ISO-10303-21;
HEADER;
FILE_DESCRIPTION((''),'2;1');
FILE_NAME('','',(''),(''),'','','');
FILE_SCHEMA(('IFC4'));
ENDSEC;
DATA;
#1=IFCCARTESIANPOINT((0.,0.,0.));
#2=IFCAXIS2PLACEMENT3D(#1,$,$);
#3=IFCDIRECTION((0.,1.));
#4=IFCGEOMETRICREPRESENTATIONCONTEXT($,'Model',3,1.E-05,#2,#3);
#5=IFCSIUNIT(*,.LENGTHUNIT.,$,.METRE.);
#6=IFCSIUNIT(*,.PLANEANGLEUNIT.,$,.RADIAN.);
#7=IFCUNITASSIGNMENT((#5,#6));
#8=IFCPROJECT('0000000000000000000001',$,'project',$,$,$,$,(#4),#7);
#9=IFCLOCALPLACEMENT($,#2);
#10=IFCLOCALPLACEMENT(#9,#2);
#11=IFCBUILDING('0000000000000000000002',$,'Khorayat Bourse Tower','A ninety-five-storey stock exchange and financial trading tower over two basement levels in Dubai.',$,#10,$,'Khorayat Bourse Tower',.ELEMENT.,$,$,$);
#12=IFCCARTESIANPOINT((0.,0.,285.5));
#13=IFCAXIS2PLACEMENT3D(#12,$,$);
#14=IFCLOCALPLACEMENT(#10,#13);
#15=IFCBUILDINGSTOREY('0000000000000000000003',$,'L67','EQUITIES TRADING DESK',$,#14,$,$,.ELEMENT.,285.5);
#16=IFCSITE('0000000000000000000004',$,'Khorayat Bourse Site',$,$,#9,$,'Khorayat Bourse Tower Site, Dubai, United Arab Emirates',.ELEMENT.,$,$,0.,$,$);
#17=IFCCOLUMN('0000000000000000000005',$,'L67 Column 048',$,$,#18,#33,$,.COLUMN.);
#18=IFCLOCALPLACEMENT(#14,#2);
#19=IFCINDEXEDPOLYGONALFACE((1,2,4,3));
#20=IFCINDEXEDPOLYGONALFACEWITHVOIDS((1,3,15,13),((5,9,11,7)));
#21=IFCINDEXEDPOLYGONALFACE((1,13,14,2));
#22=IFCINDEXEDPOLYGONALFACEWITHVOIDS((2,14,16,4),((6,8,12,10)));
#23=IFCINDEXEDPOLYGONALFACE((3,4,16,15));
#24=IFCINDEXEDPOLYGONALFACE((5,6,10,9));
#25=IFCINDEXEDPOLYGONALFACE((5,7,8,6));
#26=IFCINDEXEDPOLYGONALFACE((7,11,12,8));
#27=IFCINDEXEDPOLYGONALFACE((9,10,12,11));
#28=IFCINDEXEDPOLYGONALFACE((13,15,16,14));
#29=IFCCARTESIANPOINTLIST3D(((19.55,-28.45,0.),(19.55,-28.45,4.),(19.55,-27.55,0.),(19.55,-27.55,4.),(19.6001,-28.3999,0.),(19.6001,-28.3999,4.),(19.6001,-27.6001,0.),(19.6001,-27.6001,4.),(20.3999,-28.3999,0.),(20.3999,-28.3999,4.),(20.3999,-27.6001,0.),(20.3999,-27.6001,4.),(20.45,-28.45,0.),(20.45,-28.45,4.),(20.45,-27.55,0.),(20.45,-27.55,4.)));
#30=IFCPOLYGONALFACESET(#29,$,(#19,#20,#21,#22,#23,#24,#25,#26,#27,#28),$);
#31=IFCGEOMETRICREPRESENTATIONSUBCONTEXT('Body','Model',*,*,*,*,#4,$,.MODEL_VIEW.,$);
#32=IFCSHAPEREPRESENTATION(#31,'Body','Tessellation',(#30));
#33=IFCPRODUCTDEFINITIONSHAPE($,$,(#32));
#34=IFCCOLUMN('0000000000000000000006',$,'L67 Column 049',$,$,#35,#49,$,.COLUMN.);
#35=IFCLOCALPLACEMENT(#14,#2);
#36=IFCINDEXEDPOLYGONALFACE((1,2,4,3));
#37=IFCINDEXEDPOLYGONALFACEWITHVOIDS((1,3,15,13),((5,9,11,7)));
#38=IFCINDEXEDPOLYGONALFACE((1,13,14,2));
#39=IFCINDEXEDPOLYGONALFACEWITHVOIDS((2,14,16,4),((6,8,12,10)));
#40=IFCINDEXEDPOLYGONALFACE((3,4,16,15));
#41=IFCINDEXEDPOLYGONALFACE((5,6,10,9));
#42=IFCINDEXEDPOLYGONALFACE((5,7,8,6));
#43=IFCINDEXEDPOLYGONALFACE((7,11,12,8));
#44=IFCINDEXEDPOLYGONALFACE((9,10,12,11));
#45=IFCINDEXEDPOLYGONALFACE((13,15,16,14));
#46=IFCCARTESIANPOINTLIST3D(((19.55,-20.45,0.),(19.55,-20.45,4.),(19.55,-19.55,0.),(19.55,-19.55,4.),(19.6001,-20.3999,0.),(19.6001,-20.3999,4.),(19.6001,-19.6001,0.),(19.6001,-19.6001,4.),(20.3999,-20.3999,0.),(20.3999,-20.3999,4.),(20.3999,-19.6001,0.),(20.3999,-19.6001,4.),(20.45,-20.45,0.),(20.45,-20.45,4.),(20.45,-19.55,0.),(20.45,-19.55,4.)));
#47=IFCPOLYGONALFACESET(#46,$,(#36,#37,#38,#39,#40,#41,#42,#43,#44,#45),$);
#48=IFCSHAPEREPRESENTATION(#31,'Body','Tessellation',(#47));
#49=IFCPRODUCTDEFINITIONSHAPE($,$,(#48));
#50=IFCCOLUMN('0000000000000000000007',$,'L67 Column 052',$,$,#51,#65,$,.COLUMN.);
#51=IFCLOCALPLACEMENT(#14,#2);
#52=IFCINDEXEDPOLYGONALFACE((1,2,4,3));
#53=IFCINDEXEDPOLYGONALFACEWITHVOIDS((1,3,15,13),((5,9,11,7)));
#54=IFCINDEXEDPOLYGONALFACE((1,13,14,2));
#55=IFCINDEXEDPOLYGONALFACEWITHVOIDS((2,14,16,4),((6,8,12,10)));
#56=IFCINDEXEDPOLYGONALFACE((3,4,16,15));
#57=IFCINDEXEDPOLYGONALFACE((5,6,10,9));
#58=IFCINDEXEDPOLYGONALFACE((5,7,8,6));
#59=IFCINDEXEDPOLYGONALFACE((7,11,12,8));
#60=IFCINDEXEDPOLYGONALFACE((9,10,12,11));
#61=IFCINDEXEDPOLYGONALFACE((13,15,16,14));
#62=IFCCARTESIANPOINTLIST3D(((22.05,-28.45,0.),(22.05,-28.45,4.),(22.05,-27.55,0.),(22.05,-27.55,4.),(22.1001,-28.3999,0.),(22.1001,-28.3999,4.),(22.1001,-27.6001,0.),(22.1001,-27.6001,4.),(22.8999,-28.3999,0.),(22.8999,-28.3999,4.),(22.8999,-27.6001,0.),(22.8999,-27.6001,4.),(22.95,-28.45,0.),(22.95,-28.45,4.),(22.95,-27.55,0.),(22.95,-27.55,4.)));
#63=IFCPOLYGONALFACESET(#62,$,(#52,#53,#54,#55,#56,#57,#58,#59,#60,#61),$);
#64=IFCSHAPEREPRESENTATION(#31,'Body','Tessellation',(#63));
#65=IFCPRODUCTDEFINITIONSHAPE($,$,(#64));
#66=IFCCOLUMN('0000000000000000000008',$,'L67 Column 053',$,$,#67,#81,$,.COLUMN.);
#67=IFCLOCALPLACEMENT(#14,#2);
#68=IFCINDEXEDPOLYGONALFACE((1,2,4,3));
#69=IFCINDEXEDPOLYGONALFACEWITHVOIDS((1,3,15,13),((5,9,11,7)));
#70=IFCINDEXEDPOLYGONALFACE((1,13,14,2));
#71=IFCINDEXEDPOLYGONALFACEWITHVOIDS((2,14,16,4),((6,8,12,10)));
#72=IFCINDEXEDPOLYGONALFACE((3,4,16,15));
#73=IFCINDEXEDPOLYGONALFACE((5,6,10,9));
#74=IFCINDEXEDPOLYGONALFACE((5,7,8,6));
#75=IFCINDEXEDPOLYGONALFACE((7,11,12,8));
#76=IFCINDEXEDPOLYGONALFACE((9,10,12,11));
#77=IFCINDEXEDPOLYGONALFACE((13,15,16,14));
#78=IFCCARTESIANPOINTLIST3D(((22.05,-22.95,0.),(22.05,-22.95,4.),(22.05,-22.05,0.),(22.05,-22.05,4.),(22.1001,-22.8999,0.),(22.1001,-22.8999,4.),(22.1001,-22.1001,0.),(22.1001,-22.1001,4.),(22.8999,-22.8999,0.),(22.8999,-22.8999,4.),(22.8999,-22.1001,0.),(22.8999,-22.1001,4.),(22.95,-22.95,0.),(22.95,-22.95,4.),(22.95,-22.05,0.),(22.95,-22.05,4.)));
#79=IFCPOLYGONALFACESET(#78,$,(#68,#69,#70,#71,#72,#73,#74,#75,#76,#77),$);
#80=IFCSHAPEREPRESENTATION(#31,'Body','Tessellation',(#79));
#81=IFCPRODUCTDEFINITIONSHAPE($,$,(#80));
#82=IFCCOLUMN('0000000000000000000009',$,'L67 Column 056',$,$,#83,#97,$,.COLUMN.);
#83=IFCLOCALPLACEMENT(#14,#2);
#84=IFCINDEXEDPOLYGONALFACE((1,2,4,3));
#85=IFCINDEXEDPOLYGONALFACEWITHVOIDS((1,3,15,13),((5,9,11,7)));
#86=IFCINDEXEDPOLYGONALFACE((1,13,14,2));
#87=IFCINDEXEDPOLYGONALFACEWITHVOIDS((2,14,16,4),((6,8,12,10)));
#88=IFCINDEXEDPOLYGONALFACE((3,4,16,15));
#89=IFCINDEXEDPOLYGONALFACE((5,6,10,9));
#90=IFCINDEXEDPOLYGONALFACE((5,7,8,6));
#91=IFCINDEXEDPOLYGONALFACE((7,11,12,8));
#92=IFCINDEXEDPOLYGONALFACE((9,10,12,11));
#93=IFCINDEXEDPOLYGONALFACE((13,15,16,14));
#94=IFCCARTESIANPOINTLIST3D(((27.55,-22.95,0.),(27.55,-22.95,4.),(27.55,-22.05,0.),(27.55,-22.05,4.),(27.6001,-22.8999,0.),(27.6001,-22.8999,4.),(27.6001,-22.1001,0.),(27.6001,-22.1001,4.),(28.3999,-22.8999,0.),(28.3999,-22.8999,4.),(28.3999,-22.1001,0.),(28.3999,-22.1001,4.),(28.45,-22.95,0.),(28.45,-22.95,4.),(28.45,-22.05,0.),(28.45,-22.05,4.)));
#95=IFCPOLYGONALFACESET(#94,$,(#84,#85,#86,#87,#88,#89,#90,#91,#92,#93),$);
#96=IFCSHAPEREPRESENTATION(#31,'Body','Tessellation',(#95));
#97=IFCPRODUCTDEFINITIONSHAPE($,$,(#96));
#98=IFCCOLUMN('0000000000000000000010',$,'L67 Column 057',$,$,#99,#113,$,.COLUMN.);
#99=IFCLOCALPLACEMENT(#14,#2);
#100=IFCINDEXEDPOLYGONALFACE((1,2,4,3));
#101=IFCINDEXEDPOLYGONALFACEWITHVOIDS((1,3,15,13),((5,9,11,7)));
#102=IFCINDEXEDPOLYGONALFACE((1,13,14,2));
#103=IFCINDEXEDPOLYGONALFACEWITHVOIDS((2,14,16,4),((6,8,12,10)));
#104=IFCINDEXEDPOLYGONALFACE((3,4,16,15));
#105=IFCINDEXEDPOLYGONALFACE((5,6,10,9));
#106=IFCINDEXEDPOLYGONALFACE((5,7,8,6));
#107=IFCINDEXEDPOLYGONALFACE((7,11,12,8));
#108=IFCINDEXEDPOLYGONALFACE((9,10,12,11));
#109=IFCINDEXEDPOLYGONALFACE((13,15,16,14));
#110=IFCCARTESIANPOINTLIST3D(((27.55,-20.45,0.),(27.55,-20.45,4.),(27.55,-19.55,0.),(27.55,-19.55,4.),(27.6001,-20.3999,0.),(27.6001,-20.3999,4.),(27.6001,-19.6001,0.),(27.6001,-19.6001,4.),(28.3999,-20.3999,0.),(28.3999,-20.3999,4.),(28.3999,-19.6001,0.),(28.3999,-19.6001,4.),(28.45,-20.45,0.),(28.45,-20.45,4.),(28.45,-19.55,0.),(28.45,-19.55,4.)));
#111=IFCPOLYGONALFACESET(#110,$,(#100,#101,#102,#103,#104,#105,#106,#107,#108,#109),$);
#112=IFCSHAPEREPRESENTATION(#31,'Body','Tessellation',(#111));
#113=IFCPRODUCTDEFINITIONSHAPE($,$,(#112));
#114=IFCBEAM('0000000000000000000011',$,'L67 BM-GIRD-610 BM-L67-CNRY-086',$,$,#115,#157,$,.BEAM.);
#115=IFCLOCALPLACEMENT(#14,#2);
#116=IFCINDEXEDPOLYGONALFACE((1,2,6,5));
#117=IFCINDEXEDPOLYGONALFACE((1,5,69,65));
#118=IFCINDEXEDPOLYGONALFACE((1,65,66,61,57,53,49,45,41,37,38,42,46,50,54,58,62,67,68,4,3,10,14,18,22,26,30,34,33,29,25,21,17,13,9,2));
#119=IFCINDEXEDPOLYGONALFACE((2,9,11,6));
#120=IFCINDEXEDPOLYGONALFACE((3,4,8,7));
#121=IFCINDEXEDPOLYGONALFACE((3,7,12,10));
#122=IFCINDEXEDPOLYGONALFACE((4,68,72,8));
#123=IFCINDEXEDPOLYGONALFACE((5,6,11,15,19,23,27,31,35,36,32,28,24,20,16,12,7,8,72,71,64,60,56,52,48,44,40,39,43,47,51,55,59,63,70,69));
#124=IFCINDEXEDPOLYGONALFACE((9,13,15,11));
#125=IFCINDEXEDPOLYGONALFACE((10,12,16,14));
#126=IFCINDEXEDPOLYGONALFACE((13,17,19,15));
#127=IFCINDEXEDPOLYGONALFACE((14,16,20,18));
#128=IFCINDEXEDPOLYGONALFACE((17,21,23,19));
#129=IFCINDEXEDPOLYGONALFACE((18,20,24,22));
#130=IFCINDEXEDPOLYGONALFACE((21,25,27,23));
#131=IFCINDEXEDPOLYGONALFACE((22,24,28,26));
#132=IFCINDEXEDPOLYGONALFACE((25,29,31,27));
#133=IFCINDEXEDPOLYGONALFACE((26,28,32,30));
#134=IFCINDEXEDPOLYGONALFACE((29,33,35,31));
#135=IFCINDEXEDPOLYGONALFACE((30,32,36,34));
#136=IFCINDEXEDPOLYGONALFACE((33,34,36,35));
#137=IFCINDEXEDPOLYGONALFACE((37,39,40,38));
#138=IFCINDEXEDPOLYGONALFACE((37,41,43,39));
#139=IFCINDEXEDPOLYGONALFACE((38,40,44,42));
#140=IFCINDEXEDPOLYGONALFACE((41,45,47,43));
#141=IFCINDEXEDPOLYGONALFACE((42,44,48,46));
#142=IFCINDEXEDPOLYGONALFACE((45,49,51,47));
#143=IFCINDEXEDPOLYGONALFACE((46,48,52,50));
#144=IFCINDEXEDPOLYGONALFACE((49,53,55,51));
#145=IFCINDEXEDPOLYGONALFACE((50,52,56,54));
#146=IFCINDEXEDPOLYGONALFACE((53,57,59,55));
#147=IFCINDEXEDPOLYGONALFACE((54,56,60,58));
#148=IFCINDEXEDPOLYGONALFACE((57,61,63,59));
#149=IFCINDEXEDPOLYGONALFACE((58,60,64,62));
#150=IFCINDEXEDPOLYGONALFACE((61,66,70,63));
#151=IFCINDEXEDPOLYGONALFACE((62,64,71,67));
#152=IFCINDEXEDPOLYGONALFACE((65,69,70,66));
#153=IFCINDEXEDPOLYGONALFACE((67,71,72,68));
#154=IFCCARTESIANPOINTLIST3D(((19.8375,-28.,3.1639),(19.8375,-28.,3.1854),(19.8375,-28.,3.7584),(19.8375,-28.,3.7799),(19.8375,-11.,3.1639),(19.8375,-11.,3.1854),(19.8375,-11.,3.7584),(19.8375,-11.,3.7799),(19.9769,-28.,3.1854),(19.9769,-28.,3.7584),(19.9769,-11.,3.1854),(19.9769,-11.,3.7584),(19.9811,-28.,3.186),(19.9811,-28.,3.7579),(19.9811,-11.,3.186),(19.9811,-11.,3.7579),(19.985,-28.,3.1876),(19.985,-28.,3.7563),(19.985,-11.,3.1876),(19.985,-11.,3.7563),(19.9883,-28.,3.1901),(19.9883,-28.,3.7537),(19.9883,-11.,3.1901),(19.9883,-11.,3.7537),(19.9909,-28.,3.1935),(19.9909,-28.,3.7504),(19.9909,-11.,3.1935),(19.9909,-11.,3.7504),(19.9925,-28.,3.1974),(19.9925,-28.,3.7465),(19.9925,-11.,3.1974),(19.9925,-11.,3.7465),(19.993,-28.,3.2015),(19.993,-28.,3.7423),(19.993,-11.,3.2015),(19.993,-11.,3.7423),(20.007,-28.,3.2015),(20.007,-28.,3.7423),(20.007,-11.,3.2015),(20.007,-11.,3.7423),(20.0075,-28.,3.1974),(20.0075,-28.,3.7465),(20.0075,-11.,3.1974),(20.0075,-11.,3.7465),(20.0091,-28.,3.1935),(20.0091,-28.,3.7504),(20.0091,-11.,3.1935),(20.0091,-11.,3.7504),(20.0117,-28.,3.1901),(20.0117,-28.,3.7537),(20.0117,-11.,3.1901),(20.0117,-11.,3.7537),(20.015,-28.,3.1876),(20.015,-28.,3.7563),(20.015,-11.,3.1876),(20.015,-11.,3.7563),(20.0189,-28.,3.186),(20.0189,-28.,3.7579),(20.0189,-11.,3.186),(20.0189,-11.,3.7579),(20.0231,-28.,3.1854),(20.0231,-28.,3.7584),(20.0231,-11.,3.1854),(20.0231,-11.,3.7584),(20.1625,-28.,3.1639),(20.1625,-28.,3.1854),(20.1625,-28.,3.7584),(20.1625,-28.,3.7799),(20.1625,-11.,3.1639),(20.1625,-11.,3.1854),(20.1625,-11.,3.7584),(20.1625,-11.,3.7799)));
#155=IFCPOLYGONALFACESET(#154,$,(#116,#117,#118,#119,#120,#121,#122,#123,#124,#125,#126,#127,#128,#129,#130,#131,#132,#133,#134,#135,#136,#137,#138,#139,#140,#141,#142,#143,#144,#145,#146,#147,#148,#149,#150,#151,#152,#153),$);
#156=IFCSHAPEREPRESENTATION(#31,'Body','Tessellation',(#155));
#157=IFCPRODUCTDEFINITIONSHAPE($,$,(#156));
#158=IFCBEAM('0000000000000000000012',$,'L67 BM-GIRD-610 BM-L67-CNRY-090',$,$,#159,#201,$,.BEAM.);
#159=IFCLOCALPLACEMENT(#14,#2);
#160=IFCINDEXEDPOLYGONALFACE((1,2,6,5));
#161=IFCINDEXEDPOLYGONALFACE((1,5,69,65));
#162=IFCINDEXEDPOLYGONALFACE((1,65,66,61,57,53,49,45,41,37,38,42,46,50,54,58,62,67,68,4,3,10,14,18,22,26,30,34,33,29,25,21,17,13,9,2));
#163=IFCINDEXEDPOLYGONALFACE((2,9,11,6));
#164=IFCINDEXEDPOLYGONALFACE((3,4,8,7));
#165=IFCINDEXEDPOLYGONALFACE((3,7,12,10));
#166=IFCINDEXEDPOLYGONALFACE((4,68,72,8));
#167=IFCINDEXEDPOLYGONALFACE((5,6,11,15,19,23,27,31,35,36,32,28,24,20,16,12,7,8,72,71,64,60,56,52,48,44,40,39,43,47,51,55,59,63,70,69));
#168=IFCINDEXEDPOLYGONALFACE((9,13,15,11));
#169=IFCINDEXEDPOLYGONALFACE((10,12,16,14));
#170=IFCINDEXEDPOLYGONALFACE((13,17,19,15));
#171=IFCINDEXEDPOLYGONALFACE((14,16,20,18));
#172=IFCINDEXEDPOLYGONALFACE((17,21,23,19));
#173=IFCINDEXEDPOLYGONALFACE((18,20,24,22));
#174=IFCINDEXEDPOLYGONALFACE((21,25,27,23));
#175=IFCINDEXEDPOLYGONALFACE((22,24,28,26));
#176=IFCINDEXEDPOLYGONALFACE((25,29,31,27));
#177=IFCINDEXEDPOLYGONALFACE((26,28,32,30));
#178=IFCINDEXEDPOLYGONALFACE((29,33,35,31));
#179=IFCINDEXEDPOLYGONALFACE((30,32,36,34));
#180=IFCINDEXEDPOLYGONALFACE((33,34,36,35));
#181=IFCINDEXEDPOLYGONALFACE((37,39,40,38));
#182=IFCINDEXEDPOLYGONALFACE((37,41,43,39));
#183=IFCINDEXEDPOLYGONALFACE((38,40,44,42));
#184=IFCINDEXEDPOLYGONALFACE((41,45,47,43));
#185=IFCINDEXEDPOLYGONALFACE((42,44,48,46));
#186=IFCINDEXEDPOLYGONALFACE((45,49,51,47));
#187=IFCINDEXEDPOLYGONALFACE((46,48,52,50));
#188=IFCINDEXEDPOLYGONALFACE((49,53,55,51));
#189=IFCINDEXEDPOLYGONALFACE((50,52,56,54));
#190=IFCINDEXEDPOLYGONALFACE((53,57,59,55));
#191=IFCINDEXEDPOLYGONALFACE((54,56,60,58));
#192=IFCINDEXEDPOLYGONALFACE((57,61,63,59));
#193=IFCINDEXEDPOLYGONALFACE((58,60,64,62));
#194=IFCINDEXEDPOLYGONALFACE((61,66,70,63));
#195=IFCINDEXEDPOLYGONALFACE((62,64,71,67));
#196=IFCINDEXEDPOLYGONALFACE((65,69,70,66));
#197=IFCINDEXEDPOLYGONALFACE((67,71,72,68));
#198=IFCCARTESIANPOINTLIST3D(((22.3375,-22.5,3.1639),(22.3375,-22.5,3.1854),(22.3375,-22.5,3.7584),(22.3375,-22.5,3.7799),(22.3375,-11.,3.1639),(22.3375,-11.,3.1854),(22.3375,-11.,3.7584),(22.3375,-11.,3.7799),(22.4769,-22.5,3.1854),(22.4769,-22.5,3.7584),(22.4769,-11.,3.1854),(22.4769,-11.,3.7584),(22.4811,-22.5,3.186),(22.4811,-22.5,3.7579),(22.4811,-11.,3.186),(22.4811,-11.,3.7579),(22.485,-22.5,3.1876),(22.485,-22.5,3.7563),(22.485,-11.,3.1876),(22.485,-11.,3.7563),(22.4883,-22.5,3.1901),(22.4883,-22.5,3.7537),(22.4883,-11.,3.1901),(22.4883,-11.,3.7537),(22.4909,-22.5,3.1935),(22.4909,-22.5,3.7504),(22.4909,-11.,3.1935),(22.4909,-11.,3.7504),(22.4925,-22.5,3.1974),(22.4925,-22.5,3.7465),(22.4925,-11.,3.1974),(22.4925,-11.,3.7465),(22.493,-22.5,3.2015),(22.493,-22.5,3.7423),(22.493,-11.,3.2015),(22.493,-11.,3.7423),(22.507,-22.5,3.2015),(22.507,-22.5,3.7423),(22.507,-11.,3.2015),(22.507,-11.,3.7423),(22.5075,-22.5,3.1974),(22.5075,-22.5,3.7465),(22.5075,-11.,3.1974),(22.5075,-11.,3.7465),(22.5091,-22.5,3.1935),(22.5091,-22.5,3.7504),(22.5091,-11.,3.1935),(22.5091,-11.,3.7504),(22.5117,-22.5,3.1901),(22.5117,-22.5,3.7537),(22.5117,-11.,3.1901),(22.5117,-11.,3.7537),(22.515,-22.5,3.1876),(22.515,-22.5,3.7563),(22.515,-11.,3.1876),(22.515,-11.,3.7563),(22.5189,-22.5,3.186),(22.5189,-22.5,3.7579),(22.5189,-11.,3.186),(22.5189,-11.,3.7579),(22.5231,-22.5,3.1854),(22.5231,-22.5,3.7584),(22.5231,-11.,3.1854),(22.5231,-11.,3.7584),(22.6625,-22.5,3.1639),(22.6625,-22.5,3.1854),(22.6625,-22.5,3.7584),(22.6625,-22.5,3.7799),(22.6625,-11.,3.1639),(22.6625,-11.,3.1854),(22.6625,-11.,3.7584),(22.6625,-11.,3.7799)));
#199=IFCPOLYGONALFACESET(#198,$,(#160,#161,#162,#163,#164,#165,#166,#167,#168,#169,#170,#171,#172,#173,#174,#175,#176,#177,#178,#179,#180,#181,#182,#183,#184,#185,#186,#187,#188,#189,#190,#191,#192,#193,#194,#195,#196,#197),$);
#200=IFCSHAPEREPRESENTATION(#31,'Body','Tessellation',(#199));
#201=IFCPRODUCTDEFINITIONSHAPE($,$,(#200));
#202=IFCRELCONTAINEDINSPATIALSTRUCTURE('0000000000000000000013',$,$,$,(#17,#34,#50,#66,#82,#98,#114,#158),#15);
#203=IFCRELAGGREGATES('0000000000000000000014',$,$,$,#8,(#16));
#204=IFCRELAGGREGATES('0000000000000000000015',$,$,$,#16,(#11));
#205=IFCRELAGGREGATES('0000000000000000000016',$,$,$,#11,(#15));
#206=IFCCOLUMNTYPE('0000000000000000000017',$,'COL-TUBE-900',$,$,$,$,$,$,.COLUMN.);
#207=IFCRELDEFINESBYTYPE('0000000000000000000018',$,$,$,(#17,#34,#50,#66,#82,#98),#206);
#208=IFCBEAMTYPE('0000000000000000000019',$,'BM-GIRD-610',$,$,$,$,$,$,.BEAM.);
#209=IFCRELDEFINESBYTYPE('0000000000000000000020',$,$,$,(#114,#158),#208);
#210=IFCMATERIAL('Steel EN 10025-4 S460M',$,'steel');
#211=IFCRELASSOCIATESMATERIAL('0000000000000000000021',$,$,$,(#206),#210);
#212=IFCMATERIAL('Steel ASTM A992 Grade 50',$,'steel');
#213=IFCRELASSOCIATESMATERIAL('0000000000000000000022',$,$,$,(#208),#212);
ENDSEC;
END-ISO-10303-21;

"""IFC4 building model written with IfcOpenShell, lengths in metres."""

from ifc_helpers import new_model, si_unit, direction, frame, origin, origin_2d, place, context, subcontext, project, spatial, hollow_rectangle, i_section, extrude, source, transform, mapped, material, material_profile, profile_set, type_object, element, save


model = new_model("IFC4")

# Units and contexts
model_context = context("Model", 3, precision=1e-05, world=origin(), true_north=direction((0.0, 1.0)))
body_context = subcontext(model_context, "Body", "Model", "MODEL_VIEW")
ifc_project = project(units=[si_unit("LENGTHUNIT", "METRE"), si_unit("PLANEANGLEUNIT", "RADIAN")], contexts=[model_context])

# Site, building, storey
site_placement = place(None, origin())
site = spatial("IfcSite", under=ifc_project, at=site_placement, Name="Khorayat Bourse Site", LongName="Khorayat Bourse Tower Site, Dubai, United Arab Emirates", CompositionType="ELEMENT", RefElevation=0.0)
building_placement = place(site_placement, origin())
building = spatial("IfcBuilding", under=site, at=building_placement, Name="Khorayat Bourse Tower", Description="A ninety-five-storey stock exchange and financial trading tower over two basement levels in Dubai.", LongName="Khorayat Bourse Tower", CompositionType="ELEMENT")
storey_placement = place(building_placement, frame((0.0, 0.0, 285.5)))
storey = spatial("IfcBuildingStorey", under=building, at=storey_placement, Name="L67", Description="EQUITIES TRADING DESK", CompositionType="ELEMENT", Elevation=285.5)

# Columns
ifc_material_1 = material(Name="Steel EN 10025-4 S460M", Category="steel")
ifc_material_profile_1 = material_profile(ifc_material_1, hollow_rectangle(XDim=0.8999, YDim=0.8999, WallThickness=0.05, at=origin_2d()), Name="BOX 900x900x50")
ifc_profile_set_1 = profile_set([ifc_material_profile_1], Name="Steel EN 10025-4 S460M")
column_type = type_object("IfcColumnType", Name="COL-TUBE-900", PredefinedType="COLUMN", material=ifc_profile_set_1)
shared_shape_1 = source(origin(), body_context, "Body", "SweptSolid", [
    extrude(hollow_rectangle(XDim=0.8999, YDim=0.8999, WallThickness=0.05, at=origin_2d()), origin(), (0.0, 0.0, 1.0), 4.0),
])
for number, where, z_axis, x_axis, name in (
    (1, (20.0, -28.0, 0.0), (0.0, 0.0, 1.0), (1.0, 0.0, 0.0), "L67 Column 048"),
    (2, (20.0, -20.0, 0.0), (0.0, 0.0, 1.0), (1.0, 0.0, 0.0), "L67 Column 049"),
    (3, (22.5, -28.0, 0.0), (0.0, 0.0, 1.0), (1.0, 0.0, 0.0), "L67 Column 052"),
    (4, (22.5, -22.5, 0.0), (0.0, 0.0, 1.0), (1.0, 0.0, 0.0), "L67 Column 053"),
    (5, (28.0, -22.5, 0.0), (0.0, 0.0, 1.0), (1.0, 0.0, 0.0), "L67 Column 056"),
    (6, (28.0, -20.0, 0.0), (0.0, 0.0, 1.0), (1.0, 0.0, 0.0), "L67 Column 057"),
):
    element("IfcColumn", number, at=place(storey_placement, frame(where, z_axis=z_axis, x_axis=x_axis)), inside=storey, type_object=column_type, Name=name, PredefinedType="COLUMN", context=body_context, shape_type="MappedRepresentation", body=[
        mapped(shared_shape_1, transform((0.0, 0.0, 0.0), scale=1.0)),
    ])

# Beams
ifc_material_2 = material(Name="Steel ASTM A992 Grade 50", Category="steel")
ifc_material_profile_2 = material_profile(ifc_material_2, i_section(OverallWidth=0.325, OverallDepth=0.616, WebThickness=0.0139, FlangeThickness=0.0215, FilletRadius=0.0161, at=origin_2d()), Name="W610X174")
ifc_profile_set_2 = profile_set([ifc_material_profile_2], Name="Steel ASTM A992 Grade 50")
beam_type_1 = type_object("IfcBeamType", Name="BM-GIRD-610", PredefinedType="BEAM", material=ifc_profile_set_2)
shared_shape_2 = source(origin(), body_context, "Body", "SweptSolid", [
    extrude(i_section(OverallWidth=0.325, OverallDepth=0.616, WebThickness=0.0139, FlangeThickness=0.0215, FilletRadius=0.0161, at=origin_2d()), origin(), (0.0, 0.0, 1.0), 17.0),
])
beam_1_placement = place(storey_placement, frame((20.0, -28.0, 3.4719), z_axis=(0.0, 1.0, 0.0), x_axis=(-1.0, 0.0, 0.0)))
element("IfcBeam", 7, at=beam_1_placement, inside=storey, type_object=beam_type_1, Name="L67 BM-GIRD-610 BM-L67-CNRY-086", PredefinedType="BEAM", context=body_context, shape_type="MappedRepresentation", body=[
    mapped(shared_shape_2, transform((0.0, 0.0, 0.0), scale=1.0)),
])
shared_shape_3 = source(origin(), body_context, "Body", "SweptSolid", [
    extrude(i_section(OverallWidth=0.325, OverallDepth=0.616, WebThickness=0.0139, FlangeThickness=0.0215, FilletRadius=0.0161, at=origin_2d()), origin(), (0.0, 0.0, 1.0), 11.5),
])
beam_2_placement = place(storey_placement, frame((22.5, -22.5, 3.4719), z_axis=(0.0, 1.0, 0.0), x_axis=(-1.0, 0.0, 0.0)))
element("IfcBeam", 8, at=beam_2_placement, inside=storey, type_object=beam_type_1, Name="L67 BM-GIRD-610 BM-L67-CNRY-090", PredefinedType="BEAM", context=body_context, shape_type="MappedRepresentation", body=[
    mapped(shared_shape_3, transform((0.0, 0.0, 0.0), scale=1.0)),
])

save(model, "model.ifc")
